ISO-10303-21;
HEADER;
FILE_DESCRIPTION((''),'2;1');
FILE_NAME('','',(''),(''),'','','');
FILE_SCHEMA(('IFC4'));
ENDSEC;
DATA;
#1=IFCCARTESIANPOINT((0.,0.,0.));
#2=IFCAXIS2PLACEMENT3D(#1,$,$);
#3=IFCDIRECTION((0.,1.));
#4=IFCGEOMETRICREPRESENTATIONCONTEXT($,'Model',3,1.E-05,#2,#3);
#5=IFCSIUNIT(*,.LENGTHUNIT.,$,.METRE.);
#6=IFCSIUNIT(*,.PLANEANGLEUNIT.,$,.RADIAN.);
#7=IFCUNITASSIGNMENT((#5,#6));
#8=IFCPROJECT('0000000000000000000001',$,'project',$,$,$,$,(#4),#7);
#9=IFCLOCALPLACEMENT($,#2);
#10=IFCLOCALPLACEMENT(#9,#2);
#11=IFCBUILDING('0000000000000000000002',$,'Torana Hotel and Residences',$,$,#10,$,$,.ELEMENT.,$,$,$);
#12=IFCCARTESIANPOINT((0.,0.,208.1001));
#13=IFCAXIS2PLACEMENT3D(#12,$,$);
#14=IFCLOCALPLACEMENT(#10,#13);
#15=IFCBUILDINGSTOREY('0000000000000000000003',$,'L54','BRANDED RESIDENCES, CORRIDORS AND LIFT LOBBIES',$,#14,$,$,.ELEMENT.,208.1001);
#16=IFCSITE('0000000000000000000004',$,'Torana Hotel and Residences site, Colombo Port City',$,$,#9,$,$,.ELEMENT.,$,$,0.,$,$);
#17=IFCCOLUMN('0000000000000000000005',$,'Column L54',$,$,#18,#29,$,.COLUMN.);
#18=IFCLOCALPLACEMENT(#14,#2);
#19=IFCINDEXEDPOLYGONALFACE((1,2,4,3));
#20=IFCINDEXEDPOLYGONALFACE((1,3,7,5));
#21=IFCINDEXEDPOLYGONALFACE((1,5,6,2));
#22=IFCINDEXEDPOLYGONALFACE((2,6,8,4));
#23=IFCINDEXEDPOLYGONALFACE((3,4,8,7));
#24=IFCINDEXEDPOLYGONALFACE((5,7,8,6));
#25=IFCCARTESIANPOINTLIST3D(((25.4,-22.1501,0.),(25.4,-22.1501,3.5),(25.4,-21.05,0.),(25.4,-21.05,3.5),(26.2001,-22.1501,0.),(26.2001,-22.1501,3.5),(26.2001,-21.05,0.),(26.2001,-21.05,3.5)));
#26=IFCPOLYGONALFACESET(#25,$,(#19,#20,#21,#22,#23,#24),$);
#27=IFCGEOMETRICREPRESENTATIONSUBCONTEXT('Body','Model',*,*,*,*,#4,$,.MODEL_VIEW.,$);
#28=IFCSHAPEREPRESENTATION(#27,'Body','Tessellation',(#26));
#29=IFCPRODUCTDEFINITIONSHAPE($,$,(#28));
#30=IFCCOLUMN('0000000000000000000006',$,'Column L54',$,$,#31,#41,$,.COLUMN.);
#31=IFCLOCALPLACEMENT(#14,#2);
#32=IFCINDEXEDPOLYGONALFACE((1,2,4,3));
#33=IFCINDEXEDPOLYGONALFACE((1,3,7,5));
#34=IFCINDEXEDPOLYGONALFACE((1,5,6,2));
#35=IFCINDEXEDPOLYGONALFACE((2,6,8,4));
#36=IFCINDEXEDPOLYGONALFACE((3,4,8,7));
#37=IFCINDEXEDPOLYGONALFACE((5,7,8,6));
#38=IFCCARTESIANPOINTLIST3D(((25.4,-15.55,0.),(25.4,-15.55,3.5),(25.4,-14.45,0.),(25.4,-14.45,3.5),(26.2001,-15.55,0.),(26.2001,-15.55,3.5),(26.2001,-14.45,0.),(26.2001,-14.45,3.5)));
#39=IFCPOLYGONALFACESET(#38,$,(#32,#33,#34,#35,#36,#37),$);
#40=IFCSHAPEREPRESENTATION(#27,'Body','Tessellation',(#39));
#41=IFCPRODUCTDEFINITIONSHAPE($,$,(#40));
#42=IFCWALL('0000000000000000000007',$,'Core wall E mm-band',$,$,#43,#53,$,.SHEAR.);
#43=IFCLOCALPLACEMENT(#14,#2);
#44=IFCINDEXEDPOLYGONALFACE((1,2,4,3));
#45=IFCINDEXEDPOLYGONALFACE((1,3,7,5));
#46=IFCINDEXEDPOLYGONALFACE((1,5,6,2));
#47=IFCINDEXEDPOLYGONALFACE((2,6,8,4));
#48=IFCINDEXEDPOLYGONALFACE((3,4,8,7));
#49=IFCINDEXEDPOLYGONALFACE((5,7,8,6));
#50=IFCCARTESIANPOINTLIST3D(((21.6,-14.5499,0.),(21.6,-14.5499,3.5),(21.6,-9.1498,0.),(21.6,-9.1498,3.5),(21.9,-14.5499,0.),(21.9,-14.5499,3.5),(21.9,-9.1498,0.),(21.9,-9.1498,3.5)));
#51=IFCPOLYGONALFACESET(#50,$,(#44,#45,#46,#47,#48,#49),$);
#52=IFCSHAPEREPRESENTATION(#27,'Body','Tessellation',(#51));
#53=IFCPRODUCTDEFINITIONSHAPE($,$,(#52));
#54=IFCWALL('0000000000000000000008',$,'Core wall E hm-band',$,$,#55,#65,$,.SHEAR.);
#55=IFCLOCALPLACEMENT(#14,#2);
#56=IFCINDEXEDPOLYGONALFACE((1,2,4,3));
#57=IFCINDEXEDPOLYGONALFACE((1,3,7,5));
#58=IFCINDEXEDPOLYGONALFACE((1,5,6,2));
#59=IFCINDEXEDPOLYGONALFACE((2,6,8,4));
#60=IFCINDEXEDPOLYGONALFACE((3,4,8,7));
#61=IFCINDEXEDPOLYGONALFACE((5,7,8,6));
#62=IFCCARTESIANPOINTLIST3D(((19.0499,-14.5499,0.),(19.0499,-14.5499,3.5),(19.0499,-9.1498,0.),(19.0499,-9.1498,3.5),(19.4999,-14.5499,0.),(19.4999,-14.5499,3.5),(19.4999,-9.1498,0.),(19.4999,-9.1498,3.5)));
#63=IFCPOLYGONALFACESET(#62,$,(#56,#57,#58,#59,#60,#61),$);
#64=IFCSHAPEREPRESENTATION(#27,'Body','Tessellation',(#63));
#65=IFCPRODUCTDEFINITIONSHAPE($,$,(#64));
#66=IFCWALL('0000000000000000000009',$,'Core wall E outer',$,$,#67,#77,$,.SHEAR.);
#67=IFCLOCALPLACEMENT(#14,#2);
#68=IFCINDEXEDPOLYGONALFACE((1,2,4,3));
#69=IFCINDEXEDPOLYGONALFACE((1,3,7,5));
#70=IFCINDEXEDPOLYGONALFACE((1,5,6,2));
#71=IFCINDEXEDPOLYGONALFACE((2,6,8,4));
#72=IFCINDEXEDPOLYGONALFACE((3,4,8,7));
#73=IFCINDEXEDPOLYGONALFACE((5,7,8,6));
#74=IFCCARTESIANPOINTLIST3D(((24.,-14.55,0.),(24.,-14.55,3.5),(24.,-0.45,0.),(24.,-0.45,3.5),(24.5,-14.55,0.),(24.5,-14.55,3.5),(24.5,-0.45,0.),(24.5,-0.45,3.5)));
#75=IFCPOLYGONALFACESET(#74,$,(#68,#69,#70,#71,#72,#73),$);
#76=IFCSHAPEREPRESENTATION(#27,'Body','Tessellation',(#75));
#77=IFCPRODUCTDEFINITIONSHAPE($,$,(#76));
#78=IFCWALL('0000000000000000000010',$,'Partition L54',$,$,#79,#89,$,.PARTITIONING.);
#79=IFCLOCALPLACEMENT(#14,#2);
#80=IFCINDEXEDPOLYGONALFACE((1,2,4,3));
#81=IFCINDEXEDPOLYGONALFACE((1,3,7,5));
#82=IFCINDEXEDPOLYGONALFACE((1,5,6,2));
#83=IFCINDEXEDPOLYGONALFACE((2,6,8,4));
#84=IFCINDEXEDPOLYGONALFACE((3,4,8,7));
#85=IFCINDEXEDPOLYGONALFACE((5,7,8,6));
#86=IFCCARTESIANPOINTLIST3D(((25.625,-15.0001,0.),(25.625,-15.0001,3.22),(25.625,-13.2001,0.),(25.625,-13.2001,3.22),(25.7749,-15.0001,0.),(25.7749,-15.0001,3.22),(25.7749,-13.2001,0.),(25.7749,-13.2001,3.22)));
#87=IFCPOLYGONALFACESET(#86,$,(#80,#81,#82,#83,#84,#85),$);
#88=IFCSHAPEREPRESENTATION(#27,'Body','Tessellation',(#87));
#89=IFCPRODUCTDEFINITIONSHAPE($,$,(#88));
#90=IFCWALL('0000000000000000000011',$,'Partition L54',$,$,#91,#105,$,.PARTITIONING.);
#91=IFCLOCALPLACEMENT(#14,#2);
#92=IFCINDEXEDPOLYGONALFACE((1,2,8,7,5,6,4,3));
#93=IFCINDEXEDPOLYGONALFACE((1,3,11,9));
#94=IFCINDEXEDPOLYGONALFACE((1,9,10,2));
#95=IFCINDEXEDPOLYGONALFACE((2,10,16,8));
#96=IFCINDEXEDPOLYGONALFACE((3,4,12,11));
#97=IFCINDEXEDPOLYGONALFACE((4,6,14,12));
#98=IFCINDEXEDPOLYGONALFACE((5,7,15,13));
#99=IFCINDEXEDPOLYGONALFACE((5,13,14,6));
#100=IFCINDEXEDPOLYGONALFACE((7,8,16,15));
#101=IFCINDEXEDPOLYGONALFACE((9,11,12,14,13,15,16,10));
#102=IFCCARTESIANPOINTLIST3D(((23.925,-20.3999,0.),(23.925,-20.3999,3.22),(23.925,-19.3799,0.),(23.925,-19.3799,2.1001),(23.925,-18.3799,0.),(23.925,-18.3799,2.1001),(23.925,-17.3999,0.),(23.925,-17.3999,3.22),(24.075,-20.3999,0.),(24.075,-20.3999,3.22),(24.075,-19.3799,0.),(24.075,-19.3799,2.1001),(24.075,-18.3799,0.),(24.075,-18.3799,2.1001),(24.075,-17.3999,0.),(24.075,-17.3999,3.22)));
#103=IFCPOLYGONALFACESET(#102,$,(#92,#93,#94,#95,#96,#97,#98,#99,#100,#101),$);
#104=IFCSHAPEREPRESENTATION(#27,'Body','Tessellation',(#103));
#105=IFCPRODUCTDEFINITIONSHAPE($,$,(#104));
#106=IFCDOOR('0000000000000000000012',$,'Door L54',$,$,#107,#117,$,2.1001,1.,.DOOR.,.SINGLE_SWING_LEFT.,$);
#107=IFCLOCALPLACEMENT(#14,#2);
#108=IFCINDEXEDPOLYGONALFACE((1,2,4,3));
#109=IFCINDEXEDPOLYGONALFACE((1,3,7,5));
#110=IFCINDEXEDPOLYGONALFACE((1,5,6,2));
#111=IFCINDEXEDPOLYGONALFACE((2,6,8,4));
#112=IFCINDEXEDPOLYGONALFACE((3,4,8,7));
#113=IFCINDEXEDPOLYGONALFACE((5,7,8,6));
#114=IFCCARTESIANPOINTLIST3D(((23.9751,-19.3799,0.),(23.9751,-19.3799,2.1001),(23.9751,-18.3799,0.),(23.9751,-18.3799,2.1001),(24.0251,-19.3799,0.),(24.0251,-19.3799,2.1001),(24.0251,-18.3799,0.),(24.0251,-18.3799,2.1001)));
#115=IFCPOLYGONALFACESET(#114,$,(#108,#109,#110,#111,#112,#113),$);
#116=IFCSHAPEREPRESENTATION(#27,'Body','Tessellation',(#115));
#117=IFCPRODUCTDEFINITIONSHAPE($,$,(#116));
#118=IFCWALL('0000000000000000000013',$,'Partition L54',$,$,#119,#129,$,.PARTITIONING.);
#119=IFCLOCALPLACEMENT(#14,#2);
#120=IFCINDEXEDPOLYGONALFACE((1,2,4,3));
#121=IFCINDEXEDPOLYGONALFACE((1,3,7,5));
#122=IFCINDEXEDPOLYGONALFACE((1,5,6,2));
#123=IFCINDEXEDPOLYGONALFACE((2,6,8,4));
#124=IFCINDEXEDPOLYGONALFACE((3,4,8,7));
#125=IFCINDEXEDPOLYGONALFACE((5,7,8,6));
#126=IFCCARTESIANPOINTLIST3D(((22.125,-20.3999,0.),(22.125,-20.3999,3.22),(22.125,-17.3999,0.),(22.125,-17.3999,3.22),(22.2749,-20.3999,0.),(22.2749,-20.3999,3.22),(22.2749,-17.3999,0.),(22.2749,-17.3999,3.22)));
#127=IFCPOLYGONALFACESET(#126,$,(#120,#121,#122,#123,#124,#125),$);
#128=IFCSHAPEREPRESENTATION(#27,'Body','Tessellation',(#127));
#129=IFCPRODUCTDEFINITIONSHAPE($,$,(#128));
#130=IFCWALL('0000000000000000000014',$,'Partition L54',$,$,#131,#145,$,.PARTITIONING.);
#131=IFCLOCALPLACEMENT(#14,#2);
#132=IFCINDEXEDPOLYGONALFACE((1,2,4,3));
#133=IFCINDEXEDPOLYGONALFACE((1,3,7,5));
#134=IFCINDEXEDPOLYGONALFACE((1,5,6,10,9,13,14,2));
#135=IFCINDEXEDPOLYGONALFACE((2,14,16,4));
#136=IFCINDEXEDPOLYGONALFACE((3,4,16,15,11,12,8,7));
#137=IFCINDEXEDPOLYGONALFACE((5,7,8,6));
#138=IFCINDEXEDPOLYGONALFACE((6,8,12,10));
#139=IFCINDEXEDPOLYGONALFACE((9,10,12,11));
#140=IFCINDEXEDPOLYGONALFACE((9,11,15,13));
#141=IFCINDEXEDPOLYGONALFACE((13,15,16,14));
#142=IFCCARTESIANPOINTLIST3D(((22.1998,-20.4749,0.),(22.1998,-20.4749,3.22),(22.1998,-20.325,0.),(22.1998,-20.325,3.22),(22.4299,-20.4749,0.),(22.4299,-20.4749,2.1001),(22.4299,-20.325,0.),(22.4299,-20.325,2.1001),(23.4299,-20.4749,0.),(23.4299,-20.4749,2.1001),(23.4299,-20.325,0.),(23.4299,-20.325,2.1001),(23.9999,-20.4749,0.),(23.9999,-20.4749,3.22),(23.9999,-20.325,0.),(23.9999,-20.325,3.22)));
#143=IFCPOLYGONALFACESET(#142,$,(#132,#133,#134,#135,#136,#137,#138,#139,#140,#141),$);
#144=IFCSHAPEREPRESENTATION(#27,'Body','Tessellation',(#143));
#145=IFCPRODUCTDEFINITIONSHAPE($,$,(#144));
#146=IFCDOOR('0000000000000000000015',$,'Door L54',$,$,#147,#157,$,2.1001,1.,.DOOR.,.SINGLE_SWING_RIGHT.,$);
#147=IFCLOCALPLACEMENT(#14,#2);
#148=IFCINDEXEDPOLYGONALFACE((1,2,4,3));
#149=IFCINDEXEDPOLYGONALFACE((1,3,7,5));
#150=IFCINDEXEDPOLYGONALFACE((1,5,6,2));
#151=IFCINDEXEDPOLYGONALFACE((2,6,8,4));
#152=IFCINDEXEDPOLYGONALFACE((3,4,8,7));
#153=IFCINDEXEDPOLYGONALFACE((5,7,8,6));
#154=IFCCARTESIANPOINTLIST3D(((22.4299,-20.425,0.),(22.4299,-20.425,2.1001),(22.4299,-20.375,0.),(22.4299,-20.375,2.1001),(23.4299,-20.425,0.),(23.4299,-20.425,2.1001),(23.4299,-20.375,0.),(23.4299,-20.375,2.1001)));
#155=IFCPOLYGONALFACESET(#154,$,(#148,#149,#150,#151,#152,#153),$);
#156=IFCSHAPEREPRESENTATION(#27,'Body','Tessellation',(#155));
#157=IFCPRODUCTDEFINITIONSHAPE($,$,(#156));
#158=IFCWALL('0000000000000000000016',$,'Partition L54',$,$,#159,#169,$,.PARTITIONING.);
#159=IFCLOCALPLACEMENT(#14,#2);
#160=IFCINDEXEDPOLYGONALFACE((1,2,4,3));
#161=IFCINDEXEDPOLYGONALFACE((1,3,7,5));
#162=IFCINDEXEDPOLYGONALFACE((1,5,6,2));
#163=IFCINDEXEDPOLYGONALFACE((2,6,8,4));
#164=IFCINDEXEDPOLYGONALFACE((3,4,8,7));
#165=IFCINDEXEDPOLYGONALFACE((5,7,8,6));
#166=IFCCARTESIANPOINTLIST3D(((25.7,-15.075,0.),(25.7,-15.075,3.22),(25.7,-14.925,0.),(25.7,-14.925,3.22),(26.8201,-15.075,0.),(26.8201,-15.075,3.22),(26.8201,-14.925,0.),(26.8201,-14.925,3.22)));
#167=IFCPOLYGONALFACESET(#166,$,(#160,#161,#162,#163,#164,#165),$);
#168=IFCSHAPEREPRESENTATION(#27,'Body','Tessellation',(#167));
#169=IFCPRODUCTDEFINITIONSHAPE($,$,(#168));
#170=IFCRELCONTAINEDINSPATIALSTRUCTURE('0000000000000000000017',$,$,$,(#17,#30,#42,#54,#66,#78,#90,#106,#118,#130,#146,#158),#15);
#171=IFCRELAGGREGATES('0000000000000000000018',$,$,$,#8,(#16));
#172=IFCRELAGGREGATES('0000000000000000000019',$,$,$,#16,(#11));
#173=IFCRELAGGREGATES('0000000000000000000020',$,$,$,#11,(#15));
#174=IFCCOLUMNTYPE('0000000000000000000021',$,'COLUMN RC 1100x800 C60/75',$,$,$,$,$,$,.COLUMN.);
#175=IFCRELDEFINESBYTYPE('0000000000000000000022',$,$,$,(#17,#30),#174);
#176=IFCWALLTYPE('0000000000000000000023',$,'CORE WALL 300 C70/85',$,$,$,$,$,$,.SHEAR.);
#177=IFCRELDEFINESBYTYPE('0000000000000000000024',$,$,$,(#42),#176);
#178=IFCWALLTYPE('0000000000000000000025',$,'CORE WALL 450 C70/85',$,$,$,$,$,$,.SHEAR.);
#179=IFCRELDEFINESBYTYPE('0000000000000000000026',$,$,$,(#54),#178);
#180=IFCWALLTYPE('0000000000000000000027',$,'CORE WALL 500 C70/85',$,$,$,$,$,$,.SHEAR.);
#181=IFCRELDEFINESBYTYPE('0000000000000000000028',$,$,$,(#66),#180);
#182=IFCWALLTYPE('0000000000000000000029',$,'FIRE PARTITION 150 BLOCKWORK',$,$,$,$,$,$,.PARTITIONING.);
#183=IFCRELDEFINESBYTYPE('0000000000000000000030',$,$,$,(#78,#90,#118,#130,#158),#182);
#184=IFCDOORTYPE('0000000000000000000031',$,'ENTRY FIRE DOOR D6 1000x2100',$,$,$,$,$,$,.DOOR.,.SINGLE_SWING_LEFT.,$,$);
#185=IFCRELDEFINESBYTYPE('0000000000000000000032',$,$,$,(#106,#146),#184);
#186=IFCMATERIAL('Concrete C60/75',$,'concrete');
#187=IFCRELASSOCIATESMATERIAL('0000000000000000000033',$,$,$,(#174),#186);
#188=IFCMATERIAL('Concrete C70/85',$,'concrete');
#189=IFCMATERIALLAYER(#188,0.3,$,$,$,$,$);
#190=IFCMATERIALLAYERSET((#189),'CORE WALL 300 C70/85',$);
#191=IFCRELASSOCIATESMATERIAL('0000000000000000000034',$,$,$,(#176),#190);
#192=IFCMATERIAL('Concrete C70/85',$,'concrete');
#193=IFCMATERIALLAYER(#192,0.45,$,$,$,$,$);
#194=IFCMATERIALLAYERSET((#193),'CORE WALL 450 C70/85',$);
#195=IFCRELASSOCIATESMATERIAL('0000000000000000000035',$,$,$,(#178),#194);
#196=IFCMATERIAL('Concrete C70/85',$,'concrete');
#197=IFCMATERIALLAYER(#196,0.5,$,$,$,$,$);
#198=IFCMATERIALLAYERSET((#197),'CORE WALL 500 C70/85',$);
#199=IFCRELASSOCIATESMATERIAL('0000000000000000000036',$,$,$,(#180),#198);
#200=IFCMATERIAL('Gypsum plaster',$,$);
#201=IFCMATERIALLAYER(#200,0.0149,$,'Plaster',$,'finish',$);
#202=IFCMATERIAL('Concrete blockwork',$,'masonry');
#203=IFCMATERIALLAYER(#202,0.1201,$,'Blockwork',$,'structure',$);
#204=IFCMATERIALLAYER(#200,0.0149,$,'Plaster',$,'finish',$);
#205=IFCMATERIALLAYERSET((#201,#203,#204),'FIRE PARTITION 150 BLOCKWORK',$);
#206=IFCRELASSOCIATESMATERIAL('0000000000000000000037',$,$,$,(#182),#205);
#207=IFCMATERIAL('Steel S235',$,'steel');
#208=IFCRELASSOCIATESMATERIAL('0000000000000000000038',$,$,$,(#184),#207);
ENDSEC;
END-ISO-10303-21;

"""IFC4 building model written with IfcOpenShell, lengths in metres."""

from ifc_helpers import new_model, si_unit, direction, frame, frame_2d, origin, origin_2d, place, context, subcontext, project, spatial, rectangle, extrude, material, layer, layer_set, material_profile, profile_set, type_object, element, fill, save


model = new_model("IFC4")

# Units and contexts
model_context = context("Model", 3, precision=1e-05, world=origin(), true_north=direction((0.0, 1.0)))
body_context = subcontext(model_context, "Body", "Model", "MODEL_VIEW")
ifc_project = project(units=[si_unit("LENGTHUNIT", "METRE"), si_unit("PLANEANGLEUNIT", "RADIAN")], contexts=[model_context])

# Site, building, storey
site_placement = place(None, origin())
site = spatial("IfcSite", under=ifc_project, at=site_placement, Name="Torana Hotel and Residences site, Colombo Port City", CompositionType="ELEMENT", RefElevation=0.0)
building_placement = place(site_placement, origin())
building = spatial("IfcBuilding", under=site, at=building_placement, Name="Torana Hotel and Residences", CompositionType="ELEMENT")
storey_placement = place(building_placement, frame((0.0, 0.0, 208.1001)))
storey = spatial("IfcBuildingStorey", under=building, at=storey_placement, Name="L54", Description="BRANDED RESIDENCES, CORRIDORS AND LIFT LOBBIES", CompositionType="ELEMENT", Elevation=208.1001)

# Columns
ifc_material_1 = material(Name="Concrete C60/75", Category="concrete")
ifc_material_profile = material_profile(ifc_material_1, rectangle(XDim=1.1001, YDim=0.8, at=origin_2d()), Name="RC 1100x800")
ifc_profile_set = profile_set([ifc_material_profile], Name="Concrete C60/75")
column_type = type_object("IfcColumnType", Name="COLUMN RC 1100x800 C60/75", PredefinedType="COLUMN", material=ifc_profile_set)
for number, where, z_axis, x_axis, name in (
    (1, (25.8, -21.6001, 0.0), (0.0, 0.0, 1.0), (0.0, 1.0, 0.0), "Column L54"),
    (2, (25.8, -15.0, 0.0), (0.0, 0.0, 1.0), (0.0, 1.0, 0.0), "Column L54"),
):
    element("IfcColumn", number, at=place(storey_placement, frame(where, z_axis=z_axis, x_axis=x_axis)), inside=storey, type_object=column_type, Name=name, PredefinedType="COLUMN", context=body_context, shape_type="SweptSolid", body=[
        extrude(rectangle(XDim=1.1001, YDim=0.8, at=origin_2d()), origin(), (0.0, 0.0, 1.0), 3.5),
    ])

# Walls
ifc_material_2 = material(Name="Concrete C70/85", Category="concrete")
ifc_layer_1 = layer(ifc_material_2, 0.3)
ifc_layer_set_1 = layer_set([ifc_layer_1], Name="CORE WALL 300 C70/85")
wall_type_1 = type_object("IfcWallType", Name="CORE WALL 300 C70/85", PredefinedType="SHEAR", material=ifc_layer_set_1)
wall_1_placement = place(storey_placement, frame((21.75, -14.55, 0.0), z_axis=(0.0, 0.0, 1.0), x_axis=(0.0, 1.0, 0.0)))
element("IfcWall", 3, at=wall_1_placement, inside=storey, type_object=wall_type_1, Name="Core wall E mm-band", PredefinedType="SHEAR", context=body_context, shape_type="SweptSolid", body=[
    extrude(rectangle(XDim=5.4001, YDim=0.3, at=frame_2d((2.7002, 0.0))), origin(), (0.0, 0.0, 1.0), 3.5),
])
ifc_material_3 = material(Name="Concrete C70/85", Category="concrete")
ifc_layer_2 = layer(ifc_material_3, 0.45)
ifc_layer_set_2 = layer_set([ifc_layer_2], Name="CORE WALL 450 C70/85")
wall_type_2 = type_object("IfcWallType", Name="CORE WALL 450 C70/85", PredefinedType="SHEAR", material=ifc_layer_set_2)
wall_2_placement = place(storey_placement, frame((19.2749, -14.55, 0.0), z_axis=(0.0, 0.0, 1.0), x_axis=(0.0, 1.0, 0.0)))
element("IfcWall", 4, at=wall_2_placement, inside=storey, type_object=wall_type_2, Name="Core wall E hm-band", PredefinedType="SHEAR", context=body_context, shape_type="SweptSolid", body=[
    extrude(rectangle(XDim=5.4001, YDim=0.45, at=frame_2d((2.7002, 0.0))), origin(), (0.0, 0.0, 1.0), 3.5),
])
ifc_material_4 = material(Name="Concrete C70/85", Category="concrete")
ifc_layer_3 = layer(ifc_material_4, 0.5)
ifc_layer_set_3 = layer_set([ifc_layer_3], Name="CORE WALL 500 C70/85")
wall_type_3 = type_object("IfcWallType", Name="CORE WALL 500 C70/85", PredefinedType="SHEAR", material=ifc_layer_set_3)
wall_3_placement = place(storey_placement, frame((24.25, -14.55, 0.0), z_axis=(0.0, 0.0, 1.0), x_axis=(0.0, 1.0, 0.0)))
element("IfcWall", 5, at=wall_3_placement, inside=storey, type_object=wall_type_3, Name="Core wall E outer", PredefinedType="SHEAR", context=body_context, shape_type="SweptSolid", body=[
    extrude(rectangle(XDim=14.1001, YDim=0.5, at=frame_2d((7.05, 0.0))), origin(), (0.0, 0.0, 1.0), 3.5),
])
ifc_material_5 = material(Name="Gypsum plaster")
ifc_layer_4 = layer(ifc_material_5, 0.0149, Name="Plaster", Category="finish")
ifc_material_6 = material(Name="Concrete blockwork", Category="masonry")
ifc_layer_5 = layer(ifc_material_6, 0.1201, Name="Blockwork", Category="structure")
ifc_layer_6 = layer(ifc_material_5, 0.0149, Name="Plaster", Category="finish")
ifc_layer_set_4 = layer_set([ifc_layer_4, ifc_layer_5, ifc_layer_6], Name="FIRE PARTITION 150 BLOCKWORK")
wall_type_4 = type_object("IfcWallType", Name="FIRE PARTITION 150 BLOCKWORK", PredefinedType="PARTITIONING", material=ifc_layer_set_4)
wall_4_placement = place(storey_placement, frame((25.7, -15.0, 0.0), z_axis=(0.0, 0.0, 1.0), x_axis=(0.0, 1.0, 0.0)))
element("IfcWall", 6, at=wall_4_placement, inside=storey, type_object=wall_type_4, Name="Partition L54", PredefinedType="PARTITIONING", context=body_context, shape_type="SweptSolid", body=[
    extrude(rectangle(XDim=1.8, YDim=0.1499, at=frame_2d((0.8999, 0.0))), origin(), (0.0, 0.0, 1.0), 3.22),
])

# Wall, opening, door
wall_5_placement = place(storey_placement, frame((24.0, -20.3999, 0.0), z_axis=(0.0, 0.0, 1.0), x_axis=(0.0, 1.0, 0.0)))
wall_5 = element("IfcWall", 7, at=wall_5_placement, inside=storey, type_object=wall_type_4, Name="Partition L54", PredefinedType="PARTITIONING", context=body_context, shape_type="SweptSolid", body=[
    extrude(rectangle(XDim=3.0, YDim=0.1499, at=frame_2d((1.5, 0.0))), origin(), (0.0, 0.0, 1.0), 3.22),
])
opening_1_placement = place(wall_5_placement, frame((1.02, 0.0, 0.0)))
opening_1 = element("IfcOpeningElement", 8, at=opening_1_placement, cuts=wall_5, PredefinedType="OPENING", context=body_context, shape_type="SweptSolid", body=[
    extrude(rectangle(XDim=1.0, YDim=2.1001, at=frame_2d((0.5, 1.05))), frame((0.0, 0.085, 0.0), z_axis=(0.0, -1.0, 0.0), x_axis=(1.0, 0.0, 0.0)), (0.0, 0.0, 1.0), 0.1699),
])
ifc_material_7 = material(Name="Steel S235", Category="steel")
door_type = type_object("IfcDoorType", Name="ENTRY FIRE DOOR D6 1000x2100", OperationType="SINGLE_SWING_LEFT", PredefinedType="DOOR", material=ifc_material_7)
door_1_placement = place(opening_1_placement, frame((0.5, 0.0, 0.0), z_axis=(0.0, 0.0, 1.0), x_axis=(-1.0, 0.0, 0.0)))
door_1 = element("IfcDoor", 9, at=door_1_placement, inside=storey, type_object=door_type, Name="Door L54", OperationType="SINGLE_SWING_LEFT", OverallHeight=2.1001, OverallWidth=1.0, PredefinedType="DOOR", context=body_context, shape_type="SweptSolid", body=[
    extrude(rectangle(XDim=1.0, YDim=2.1001, at=frame_2d((0.0, 1.05))), frame((0.0, -0.0249, 0.0), z_axis=(0.0, 1.0, 0.0), x_axis=(-1.0, 0.0, 0.0)), (0.0, 0.0, 1.0), 0.05),
])
fill(opening_1, door_1)

# Wall
wall_6_placement = place(storey_placement, frame((22.2, -20.3999, 0.0), z_axis=(0.0, 0.0, 1.0), x_axis=(0.0, 1.0, 0.0)))
element("IfcWall", 10, at=wall_6_placement, inside=storey, type_object=wall_type_4, Name="Partition L54", PredefinedType="PARTITIONING", context=body_context, shape_type="SweptSolid", body=[
    extrude(rectangle(XDim=3.0, YDim=0.1499, at=frame_2d((1.5, 0.0))), origin(), (0.0, 0.0, 1.0), 3.22),
])

# Wall, opening, door
wall_7_placement = place(storey_placement, frame((22.2, -20.3999, 0.0), z_axis=(0.0, 0.0, 1.0), x_axis=(1.0, 0.0, 0.0)))
wall_7 = element("IfcWall", 11, at=wall_7_placement, inside=storey, type_object=wall_type_4, Name="Partition L54", PredefinedType="PARTITIONING", context=body_context, shape_type="SweptSolid", body=[
    extrude(rectangle(XDim=1.8, YDim=0.1499, at=frame_2d((0.8999, 0.0))), origin(), (0.0, 0.0, 1.0), 3.22),
])
opening_2_placement = place(wall_7_placement, frame((0.23, 0.0, 0.0)))
opening_2 = element("IfcOpeningElement", 12, at=opening_2_placement, cuts=wall_7, PredefinedType="OPENING", context=body_context, shape_type="SweptSolid", body=[
    extrude(rectangle(XDim=1.0, YDim=2.1001, at=frame_2d((0.5, 1.05))), frame((0.0, 0.085, 0.0), z_axis=(0.0, -1.0, 0.0), x_axis=(1.0, 0.0, 0.0)), (0.0, 0.0, 1.0), 0.1699),
])
door_2_placement = place(opening_2_placement, frame((0.5, 0.0, 0.0), z_axis=(0.0, 0.0, 1.0), x_axis=(-1.0, 0.0, 0.0)))
door_2 = element("IfcDoor", 13, at=door_2_placement, inside=storey, type_object=door_type, Name="Door L54", OperationType="SINGLE_SWING_RIGHT", OverallHeight=2.1001, OverallWidth=1.0, PredefinedType="DOOR", context=body_context, shape_type="SweptSolid", body=[
    extrude(rectangle(XDim=1.0, YDim=2.1001, at=frame_2d((0.0, 1.05))), frame((0.0, -0.0249, 0.0), z_axis=(0.0, 1.0, 0.0), x_axis=(-1.0, 0.0, 0.0)), (0.0, 0.0, 1.0), 0.05),
])
fill(opening_2, door_2)

# Wall
wall_8_placement = place(storey_placement, frame((25.7, -15.0, 0.0), z_axis=(0.0, 0.0, 1.0), x_axis=(1.0, 0.0, 0.0)))
element("IfcWall", 14, at=wall_8_placement, inside=storey, type_object=wall_type_4, Name="Partition L54", PredefinedType="PARTITIONING", context=body_context, shape_type="SweptSolid", body=[
    extrude(rectangle(XDim=1.1201, YDim=0.1499, at=frame_2d((0.5601, 0.0))), origin(), (0.0, 0.0, 1.0), 3.22),
])

save(model, "model.ifc")
